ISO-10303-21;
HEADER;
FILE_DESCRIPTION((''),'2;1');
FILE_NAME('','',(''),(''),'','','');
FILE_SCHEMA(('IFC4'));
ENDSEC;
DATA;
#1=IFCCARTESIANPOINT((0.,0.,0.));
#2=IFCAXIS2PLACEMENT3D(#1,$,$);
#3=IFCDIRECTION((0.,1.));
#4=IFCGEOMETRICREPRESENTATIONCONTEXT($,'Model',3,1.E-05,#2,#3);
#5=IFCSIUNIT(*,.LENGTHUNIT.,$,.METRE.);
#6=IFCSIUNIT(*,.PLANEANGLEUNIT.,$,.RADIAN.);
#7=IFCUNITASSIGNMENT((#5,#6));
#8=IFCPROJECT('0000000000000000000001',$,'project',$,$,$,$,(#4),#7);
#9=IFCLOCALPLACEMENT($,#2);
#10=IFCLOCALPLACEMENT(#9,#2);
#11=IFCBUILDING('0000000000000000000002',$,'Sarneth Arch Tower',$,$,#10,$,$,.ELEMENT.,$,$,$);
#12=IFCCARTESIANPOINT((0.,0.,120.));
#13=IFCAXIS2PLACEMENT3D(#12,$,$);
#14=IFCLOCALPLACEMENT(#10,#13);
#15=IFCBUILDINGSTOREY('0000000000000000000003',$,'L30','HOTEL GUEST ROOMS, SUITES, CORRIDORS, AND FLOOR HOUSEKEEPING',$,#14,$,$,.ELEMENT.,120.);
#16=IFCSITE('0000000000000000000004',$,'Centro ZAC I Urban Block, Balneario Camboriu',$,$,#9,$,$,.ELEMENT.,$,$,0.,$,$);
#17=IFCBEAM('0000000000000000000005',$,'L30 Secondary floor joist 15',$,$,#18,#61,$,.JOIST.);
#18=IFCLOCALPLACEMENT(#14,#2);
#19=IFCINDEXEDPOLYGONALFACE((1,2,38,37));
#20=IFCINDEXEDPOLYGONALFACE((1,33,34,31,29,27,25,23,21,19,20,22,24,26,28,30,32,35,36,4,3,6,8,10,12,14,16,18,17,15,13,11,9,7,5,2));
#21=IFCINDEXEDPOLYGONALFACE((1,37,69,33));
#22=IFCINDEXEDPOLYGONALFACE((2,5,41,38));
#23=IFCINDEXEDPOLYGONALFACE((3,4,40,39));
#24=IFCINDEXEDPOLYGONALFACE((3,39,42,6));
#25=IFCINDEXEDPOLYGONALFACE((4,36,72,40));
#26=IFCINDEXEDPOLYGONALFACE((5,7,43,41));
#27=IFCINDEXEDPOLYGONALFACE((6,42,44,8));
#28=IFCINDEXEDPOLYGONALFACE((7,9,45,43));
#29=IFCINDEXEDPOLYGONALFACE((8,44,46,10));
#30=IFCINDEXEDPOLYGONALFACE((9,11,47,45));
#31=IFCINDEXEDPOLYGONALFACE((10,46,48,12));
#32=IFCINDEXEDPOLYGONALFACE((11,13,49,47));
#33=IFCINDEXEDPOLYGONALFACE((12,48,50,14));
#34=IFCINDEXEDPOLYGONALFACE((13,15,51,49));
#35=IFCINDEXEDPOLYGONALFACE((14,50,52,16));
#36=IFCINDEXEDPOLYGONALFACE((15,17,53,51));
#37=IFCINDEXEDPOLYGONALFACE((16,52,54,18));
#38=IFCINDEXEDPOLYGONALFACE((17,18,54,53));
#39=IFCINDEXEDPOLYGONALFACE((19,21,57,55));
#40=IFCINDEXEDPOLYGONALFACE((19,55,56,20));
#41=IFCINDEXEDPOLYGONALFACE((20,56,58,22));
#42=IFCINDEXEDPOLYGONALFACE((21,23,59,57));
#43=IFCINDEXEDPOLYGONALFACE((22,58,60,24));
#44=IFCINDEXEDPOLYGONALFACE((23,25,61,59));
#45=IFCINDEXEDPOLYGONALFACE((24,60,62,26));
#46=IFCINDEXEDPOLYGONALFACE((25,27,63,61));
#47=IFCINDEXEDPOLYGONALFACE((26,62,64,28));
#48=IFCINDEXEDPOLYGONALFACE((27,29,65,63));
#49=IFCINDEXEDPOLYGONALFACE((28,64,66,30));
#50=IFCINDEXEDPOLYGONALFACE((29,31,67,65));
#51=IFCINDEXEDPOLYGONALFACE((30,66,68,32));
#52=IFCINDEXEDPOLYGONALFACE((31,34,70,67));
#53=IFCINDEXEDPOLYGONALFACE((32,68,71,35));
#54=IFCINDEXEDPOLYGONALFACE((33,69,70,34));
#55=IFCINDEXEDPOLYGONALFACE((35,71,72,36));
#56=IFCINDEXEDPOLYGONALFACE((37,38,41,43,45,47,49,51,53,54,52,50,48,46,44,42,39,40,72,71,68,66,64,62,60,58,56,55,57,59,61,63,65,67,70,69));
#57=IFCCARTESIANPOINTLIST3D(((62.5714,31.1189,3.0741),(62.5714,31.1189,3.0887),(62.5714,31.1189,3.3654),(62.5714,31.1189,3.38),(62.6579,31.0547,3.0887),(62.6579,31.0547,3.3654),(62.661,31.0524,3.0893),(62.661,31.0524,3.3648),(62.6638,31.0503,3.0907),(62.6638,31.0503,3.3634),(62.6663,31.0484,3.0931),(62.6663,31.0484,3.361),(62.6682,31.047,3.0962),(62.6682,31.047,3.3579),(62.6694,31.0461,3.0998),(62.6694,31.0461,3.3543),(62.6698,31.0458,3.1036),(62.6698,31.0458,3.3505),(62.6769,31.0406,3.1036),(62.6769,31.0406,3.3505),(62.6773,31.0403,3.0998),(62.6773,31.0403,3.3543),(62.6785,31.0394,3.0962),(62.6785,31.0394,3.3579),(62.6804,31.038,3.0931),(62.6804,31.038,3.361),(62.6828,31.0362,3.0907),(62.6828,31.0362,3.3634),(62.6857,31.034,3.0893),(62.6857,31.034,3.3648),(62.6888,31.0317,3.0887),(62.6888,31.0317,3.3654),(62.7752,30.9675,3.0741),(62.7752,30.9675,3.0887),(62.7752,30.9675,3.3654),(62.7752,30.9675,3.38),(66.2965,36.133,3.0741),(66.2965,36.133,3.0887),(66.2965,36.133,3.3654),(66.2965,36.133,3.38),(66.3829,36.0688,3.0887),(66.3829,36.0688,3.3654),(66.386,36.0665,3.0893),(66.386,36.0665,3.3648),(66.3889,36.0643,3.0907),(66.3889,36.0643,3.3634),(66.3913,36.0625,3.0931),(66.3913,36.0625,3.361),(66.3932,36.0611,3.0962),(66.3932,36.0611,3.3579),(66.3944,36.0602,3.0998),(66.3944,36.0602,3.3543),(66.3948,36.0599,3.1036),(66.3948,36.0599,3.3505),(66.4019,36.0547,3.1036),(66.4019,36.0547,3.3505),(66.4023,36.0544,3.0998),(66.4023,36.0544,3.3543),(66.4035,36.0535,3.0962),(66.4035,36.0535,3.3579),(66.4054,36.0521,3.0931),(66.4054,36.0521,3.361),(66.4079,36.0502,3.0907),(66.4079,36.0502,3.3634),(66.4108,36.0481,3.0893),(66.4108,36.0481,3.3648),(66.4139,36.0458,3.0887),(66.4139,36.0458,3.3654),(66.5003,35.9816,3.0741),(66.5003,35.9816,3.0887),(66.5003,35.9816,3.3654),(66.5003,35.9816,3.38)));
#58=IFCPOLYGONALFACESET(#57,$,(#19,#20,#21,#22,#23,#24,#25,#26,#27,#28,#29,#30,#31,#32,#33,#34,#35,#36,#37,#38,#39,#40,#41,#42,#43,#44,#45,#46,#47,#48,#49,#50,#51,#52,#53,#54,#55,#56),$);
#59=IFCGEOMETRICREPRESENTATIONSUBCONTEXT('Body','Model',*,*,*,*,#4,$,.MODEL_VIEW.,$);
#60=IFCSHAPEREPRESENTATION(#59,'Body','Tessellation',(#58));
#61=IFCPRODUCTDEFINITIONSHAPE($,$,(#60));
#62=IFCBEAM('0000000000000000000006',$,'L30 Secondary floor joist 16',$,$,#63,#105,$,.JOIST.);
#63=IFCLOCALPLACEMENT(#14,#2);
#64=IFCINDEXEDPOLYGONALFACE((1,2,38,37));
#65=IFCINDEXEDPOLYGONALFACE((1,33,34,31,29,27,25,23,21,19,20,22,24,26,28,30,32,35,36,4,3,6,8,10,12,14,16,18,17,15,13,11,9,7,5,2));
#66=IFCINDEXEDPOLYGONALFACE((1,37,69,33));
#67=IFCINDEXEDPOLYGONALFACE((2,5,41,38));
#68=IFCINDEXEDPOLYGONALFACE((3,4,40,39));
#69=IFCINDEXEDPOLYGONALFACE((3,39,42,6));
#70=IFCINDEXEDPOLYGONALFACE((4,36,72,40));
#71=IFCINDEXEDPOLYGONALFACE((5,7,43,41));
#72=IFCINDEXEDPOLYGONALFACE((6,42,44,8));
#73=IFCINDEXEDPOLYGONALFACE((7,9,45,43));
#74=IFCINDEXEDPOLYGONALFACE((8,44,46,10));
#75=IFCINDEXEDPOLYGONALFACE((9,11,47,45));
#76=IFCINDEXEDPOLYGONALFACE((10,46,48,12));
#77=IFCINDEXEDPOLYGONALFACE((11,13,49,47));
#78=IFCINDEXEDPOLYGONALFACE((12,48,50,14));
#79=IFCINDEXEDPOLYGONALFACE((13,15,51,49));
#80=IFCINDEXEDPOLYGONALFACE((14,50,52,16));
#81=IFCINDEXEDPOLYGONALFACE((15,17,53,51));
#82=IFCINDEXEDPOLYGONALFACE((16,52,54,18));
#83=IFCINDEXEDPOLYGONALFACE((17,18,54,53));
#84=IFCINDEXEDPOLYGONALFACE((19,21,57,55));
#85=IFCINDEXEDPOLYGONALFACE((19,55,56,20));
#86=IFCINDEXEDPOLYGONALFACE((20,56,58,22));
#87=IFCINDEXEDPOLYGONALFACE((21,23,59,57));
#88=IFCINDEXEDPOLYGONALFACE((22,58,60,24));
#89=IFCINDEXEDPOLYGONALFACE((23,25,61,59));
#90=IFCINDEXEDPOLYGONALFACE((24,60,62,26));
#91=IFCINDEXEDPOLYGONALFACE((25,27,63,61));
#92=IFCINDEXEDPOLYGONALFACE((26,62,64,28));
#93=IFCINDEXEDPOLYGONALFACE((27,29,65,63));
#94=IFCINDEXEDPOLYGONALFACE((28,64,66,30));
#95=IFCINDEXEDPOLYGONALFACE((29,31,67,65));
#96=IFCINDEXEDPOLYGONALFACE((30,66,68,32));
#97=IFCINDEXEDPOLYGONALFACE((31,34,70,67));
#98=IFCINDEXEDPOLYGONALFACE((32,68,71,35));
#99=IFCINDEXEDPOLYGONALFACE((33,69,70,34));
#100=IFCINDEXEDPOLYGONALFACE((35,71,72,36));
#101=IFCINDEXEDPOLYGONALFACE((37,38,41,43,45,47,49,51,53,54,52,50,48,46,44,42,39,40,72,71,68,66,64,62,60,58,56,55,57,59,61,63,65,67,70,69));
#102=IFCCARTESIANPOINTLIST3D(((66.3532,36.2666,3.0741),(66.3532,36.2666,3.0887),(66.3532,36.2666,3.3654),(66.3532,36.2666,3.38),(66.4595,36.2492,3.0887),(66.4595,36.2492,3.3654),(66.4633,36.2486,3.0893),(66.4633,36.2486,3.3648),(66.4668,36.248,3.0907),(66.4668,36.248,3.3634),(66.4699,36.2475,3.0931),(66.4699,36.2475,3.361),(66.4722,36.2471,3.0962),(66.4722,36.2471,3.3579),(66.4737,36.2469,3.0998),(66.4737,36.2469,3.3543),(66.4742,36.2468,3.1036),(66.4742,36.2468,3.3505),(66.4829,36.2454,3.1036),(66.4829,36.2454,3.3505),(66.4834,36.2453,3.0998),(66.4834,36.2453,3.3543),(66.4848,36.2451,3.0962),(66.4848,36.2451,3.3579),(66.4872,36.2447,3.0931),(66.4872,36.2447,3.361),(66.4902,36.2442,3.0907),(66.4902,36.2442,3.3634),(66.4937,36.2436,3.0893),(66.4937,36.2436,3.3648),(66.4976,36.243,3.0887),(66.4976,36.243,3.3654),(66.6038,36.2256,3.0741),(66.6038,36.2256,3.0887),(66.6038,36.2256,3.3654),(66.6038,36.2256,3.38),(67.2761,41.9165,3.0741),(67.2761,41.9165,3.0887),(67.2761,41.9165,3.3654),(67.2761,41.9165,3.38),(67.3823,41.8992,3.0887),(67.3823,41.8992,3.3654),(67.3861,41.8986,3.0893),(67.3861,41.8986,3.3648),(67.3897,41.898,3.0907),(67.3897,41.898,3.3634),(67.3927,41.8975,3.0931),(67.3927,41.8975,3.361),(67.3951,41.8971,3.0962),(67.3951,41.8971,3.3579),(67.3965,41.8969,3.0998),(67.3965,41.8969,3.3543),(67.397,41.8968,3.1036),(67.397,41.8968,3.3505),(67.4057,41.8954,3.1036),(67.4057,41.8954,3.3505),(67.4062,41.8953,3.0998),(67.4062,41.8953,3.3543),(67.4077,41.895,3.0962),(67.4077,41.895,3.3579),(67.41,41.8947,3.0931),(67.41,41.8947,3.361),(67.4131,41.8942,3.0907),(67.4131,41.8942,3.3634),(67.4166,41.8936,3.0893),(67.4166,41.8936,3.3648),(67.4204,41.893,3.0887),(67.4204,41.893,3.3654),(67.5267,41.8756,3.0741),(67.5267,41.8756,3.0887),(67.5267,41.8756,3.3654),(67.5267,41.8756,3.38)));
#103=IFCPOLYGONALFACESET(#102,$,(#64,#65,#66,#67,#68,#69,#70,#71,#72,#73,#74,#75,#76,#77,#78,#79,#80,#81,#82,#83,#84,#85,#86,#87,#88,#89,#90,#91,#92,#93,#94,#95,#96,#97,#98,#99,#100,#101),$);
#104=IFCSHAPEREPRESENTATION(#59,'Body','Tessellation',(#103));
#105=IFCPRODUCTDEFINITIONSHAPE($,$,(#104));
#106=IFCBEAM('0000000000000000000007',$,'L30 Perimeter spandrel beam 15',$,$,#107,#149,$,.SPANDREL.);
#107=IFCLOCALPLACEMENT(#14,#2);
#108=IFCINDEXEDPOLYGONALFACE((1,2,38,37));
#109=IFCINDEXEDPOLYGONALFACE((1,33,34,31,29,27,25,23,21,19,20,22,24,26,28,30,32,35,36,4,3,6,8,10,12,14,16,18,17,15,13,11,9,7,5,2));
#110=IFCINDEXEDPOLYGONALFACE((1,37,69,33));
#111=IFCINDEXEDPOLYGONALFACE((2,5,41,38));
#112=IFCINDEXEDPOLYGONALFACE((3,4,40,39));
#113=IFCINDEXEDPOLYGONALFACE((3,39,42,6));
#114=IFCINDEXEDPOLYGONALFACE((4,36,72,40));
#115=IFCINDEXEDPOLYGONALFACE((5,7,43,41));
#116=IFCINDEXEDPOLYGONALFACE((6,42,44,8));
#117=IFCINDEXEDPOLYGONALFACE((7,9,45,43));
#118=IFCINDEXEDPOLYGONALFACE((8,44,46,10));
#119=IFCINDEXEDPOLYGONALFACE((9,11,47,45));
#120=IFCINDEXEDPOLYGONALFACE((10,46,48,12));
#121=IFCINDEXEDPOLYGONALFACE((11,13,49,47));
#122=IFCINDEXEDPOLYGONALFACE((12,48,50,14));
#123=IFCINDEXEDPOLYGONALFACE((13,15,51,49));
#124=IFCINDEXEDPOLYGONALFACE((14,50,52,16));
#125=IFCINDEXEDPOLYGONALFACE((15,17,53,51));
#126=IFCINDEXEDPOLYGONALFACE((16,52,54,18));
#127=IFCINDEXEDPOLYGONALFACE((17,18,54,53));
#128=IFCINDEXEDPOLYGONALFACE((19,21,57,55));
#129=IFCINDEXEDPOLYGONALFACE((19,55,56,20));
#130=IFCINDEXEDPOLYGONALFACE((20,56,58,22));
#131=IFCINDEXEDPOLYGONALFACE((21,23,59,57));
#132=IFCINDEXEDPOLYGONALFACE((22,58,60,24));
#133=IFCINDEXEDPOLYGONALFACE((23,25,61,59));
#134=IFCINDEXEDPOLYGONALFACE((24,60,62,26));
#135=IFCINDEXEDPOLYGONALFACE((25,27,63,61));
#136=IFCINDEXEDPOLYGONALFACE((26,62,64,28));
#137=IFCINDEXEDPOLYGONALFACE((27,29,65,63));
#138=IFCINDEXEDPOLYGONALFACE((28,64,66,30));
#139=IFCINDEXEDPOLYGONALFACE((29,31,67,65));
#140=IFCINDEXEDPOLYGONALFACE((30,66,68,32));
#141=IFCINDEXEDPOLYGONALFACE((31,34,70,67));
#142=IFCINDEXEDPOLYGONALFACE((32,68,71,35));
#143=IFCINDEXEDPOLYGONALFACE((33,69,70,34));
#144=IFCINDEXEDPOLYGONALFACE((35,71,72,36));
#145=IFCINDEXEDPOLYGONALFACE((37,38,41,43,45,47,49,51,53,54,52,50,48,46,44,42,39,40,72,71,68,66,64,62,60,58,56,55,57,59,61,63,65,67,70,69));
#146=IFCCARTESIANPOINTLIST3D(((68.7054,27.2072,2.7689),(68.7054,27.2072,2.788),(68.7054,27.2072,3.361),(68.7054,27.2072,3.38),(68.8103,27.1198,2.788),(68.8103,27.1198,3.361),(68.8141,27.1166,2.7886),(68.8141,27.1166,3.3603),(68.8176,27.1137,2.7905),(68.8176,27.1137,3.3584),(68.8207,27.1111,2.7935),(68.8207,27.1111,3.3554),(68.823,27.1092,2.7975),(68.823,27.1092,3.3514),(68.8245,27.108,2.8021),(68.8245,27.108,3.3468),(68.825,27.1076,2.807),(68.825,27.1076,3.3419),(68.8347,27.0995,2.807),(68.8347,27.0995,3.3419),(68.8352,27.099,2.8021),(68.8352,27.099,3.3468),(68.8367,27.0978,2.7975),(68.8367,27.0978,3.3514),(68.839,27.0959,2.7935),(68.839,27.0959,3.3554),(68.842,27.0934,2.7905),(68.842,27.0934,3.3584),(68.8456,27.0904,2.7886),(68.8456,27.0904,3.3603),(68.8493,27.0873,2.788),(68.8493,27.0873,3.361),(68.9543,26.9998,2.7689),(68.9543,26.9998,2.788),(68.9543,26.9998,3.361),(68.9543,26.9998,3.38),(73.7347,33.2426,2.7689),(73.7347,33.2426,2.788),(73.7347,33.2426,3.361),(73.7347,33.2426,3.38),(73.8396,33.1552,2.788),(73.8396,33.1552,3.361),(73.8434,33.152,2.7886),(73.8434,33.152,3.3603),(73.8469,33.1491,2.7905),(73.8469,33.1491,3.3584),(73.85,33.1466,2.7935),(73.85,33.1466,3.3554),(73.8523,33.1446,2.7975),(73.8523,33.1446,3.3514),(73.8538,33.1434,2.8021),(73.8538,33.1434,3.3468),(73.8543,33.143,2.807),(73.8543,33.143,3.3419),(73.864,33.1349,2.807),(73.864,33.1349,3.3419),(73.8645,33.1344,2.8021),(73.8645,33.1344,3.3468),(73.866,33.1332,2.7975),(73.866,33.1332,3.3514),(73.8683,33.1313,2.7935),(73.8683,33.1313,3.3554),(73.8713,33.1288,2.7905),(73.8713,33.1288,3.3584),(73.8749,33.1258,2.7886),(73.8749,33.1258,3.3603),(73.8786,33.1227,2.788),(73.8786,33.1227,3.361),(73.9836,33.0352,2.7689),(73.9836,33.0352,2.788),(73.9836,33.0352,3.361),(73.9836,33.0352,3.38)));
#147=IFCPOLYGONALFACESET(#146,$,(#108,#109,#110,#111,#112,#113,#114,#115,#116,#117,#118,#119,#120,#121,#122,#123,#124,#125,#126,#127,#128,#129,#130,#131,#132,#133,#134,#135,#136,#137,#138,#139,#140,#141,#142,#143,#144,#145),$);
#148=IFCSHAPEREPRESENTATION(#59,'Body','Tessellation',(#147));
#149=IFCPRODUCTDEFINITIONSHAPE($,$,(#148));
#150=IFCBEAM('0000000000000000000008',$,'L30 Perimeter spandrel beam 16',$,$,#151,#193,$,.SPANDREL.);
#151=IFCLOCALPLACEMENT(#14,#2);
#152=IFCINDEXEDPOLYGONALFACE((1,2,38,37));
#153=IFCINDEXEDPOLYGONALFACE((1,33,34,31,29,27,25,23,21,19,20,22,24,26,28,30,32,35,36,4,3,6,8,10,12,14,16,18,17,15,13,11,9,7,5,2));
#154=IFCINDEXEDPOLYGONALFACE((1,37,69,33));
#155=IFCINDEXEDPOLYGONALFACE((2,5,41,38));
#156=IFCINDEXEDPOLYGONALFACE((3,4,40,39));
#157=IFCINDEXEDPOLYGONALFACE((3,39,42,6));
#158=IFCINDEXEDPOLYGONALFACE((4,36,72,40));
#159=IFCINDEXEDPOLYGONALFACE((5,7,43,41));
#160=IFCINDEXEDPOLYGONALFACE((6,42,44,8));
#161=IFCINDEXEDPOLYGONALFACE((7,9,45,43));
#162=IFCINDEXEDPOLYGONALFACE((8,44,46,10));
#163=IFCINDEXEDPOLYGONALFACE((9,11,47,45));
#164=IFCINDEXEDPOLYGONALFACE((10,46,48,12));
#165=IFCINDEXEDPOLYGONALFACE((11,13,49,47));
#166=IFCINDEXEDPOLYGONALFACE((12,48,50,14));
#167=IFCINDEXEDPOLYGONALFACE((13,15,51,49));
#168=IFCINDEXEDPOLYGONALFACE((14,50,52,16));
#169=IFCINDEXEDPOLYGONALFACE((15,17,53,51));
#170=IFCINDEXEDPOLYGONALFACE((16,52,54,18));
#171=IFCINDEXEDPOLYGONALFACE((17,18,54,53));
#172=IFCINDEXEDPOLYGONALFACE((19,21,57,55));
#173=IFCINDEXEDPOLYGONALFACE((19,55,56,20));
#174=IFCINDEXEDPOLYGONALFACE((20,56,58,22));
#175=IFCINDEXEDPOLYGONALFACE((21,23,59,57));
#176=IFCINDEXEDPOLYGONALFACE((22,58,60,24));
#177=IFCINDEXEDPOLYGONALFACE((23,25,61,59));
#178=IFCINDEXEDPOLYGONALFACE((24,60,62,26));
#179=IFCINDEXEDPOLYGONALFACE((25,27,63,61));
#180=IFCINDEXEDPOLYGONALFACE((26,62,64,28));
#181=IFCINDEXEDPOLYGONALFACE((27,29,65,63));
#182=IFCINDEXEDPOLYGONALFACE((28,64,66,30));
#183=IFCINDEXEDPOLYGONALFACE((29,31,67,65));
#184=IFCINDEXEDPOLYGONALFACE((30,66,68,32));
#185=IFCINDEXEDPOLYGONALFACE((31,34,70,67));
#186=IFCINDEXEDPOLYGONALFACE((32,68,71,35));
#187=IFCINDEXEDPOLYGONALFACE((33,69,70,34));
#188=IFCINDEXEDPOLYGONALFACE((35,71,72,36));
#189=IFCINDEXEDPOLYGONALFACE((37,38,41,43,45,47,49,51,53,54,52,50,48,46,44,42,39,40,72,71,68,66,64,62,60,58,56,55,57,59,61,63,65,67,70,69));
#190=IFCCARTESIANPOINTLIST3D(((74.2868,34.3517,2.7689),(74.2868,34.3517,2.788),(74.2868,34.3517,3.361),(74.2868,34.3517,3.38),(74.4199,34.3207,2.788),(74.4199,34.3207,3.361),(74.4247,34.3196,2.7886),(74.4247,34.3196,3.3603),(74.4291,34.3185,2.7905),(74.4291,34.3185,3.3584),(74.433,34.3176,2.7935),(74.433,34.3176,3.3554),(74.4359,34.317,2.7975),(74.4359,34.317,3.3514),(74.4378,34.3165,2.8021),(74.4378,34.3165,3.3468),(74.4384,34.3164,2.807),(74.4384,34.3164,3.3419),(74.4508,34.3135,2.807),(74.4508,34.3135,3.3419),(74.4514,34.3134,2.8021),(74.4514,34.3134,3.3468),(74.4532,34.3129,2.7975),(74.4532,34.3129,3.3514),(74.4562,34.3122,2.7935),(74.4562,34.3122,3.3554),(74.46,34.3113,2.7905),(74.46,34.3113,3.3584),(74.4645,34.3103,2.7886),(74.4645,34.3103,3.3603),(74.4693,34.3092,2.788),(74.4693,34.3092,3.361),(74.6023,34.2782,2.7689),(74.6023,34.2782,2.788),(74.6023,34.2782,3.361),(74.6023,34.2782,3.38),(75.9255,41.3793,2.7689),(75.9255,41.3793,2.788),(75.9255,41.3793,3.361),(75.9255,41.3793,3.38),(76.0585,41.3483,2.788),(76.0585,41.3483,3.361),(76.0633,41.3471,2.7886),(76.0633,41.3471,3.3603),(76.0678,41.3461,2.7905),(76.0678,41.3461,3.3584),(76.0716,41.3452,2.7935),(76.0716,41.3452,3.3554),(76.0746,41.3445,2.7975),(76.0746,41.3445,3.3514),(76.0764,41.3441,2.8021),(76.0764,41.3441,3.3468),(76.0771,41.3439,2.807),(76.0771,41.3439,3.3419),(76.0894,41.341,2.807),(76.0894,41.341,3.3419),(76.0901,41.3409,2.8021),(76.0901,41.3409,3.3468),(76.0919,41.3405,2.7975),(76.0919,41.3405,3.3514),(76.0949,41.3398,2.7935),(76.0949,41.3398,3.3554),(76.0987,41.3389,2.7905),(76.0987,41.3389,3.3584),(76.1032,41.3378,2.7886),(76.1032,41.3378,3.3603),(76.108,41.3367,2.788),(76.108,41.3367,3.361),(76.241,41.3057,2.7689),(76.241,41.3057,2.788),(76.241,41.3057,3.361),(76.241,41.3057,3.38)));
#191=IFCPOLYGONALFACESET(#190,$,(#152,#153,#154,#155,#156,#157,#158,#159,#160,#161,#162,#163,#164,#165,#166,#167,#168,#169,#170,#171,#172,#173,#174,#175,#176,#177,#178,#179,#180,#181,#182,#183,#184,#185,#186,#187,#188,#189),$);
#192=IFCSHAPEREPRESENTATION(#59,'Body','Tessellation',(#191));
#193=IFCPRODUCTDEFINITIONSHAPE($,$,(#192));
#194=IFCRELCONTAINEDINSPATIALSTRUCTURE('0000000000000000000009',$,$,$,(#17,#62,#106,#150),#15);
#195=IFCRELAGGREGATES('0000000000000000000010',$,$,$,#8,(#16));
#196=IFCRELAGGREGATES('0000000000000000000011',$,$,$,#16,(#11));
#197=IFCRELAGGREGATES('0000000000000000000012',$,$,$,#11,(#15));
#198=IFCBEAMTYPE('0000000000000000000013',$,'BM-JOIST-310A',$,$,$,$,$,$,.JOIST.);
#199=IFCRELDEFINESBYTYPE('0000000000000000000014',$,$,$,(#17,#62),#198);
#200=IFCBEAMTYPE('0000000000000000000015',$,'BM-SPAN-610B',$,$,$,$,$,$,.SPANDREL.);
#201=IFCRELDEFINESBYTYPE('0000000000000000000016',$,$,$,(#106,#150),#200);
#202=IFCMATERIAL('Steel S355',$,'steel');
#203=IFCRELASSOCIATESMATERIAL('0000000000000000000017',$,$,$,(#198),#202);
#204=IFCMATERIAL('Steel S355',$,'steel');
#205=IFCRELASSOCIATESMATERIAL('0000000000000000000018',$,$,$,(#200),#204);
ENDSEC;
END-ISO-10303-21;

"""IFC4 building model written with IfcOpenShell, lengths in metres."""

from ifc_helpers import new_model, si_unit, direction, frame, origin, origin_2d, place, context, subcontext, project, spatial, i_section, extrude, material, material_profile, profile_set, type_object, element, save


model = new_model("IFC4")

# Units and contexts
model_context = context("Model", 3, precision=1e-05, world=origin(), true_north=direction((0.0, 1.0)))
body_context = subcontext(model_context, "Body", "Model", "MODEL_VIEW")
ifc_project = project(units=[si_unit("LENGTHUNIT", "METRE"), si_unit("PLANEANGLEUNIT", "RADIAN")], contexts=[model_context])

# Site, building, storey
site_placement = place(None, origin())
site = spatial("IfcSite", under=ifc_project, at=site_placement, Name="Centro ZAC I Urban Block, Balneario Camboriu", CompositionType="ELEMENT", RefElevation=0.0)
building_placement = place(site_placement, origin())
building = spatial("IfcBuilding", under=site, at=building_placement, Name="Sarneth Arch Tower", CompositionType="ELEMENT")
storey_placement = place(building_placement, frame((0.0, 0.0, 120.0)))
storey = spatial("IfcBuildingStorey", under=building, at=storey_placement, Name="L30", Description="HOTEL GUEST ROOMS, SUITES, CORRIDORS, AND FLOOR HOUSEKEEPING", CompositionType="ELEMENT", Elevation=120.0)

# Beams
ifc_material_1 = material(Name="Steel S355", Category="steel")
ifc_material_profile_1 = material_profile(ifc_material_1, i_section(OverallWidth=0.2539, OverallDepth=0.3059, WebThickness=0.0088, FlangeThickness=0.0146, FilletRadius=0.0149, at=origin_2d()), Name="W310x79")
ifc_profile_set_1 = profile_set([ifc_material_profile_1], Name="Steel S355")
beam_type_1 = type_object("IfcBeamType", Name="BM-JOIST-310A", PredefinedType="JOIST", material=ifc_profile_set_1)
beam_1_placement = place(storey_placement, frame((62.6733, 31.0432, 3.2271), z_axis=(0.596354, 0.802721, 0.0), x_axis=(-0.802721, 0.596354, 0.0)))
element("IfcBeam", 1, at=beam_1_placement, inside=storey, type_object=beam_type_1, Name="L30 Secondary floor joist 15", PredefinedType="JOIST", context=body_context, shape_type="SweptSolid", body=[
    extrude(i_section(OverallWidth=0.2539, OverallDepth=0.3059, WebThickness=0.0088, FlangeThickness=0.0146, FilletRadius=0.0149, at=origin_2d()), origin(), (0.0, 0.0, 1.0), 6.2463),
])
beam_2_placement = place(storey_placement, frame((66.4785, 36.2461, 3.2271), z_axis=(0.161203, 0.986921, 0.0), x_axis=(-0.986921, 0.161203, 0.0)))
element("IfcBeam", 2, at=beam_2_placement, inside=storey, type_object=beam_type_1, Name="L30 Secondary floor joist 16", PredefinedType="JOIST", context=body_context, shape_type="SweptSolid", body=[
    extrude(i_section(OverallWidth=0.2539, OverallDepth=0.3059, WebThickness=0.0088, FlangeThickness=0.0146, FilletRadius=0.0149, at=origin_2d()), origin(), (0.0, 0.0, 1.0), 5.7249),
])
ifc_material_2 = material(Name="Steel S355", Category="steel")
ifc_material_profile_2 = material_profile(ifc_material_2, i_section(OverallWidth=0.324, OverallDepth=0.6111, WebThickness=0.0127, FlangeThickness=0.019, FilletRadius=0.019, at=origin_2d()), Name="W610x155")
ifc_profile_set_2 = profile_set([ifc_material_profile_2], Name="Steel S355")
beam_type_2 = type_object("IfcBeamType", Name="BM-SPAN-610B", PredefinedType="SPANDREL", material=ifc_profile_set_2)
beam_3_placement = place(storey_placement, frame((68.8298, 27.1035, 3.0745), z_axis=(0.640169, 0.768234, 0.0), x_axis=(-0.768234, 0.640169, 0.0)))
element("IfcBeam", 3, at=beam_3_placement, inside=storey, type_object=beam_type_2, Name="L30 Perimeter spandrel beam 15", PredefinedType="SPANDREL", context=body_context, shape_type="SweptSolid", body=[
    extrude(i_section(OverallWidth=0.324, OverallDepth=0.6111, WebThickness=0.0127, FlangeThickness=0.019, FilletRadius=0.019, at=origin_2d()), origin(), (0.0, 0.0, 1.0), 7.8562),
])
beam_4_placement = place(storey_placement, frame((74.4446, 34.3149, 3.0745), z_axis=(0.227085, 0.973875, 0.0), x_axis=(-0.973875, 0.227085, 0.0)))
element("IfcBeam", 4, at=beam_4_placement, inside=storey, type_object=beam_type_2, Name="L30 Perimeter spandrel beam 16", PredefinedType="SPANDREL", context=body_context, shape_type="SweptSolid", body=[
    extrude(i_section(OverallWidth=0.324, OverallDepth=0.6111, WebThickness=0.0127, FlangeThickness=0.019, FilletRadius=0.019, at=origin_2d()), origin(), (0.0, 0.0, 1.0), 7.2161),
])

save(model, "model.ifc")
